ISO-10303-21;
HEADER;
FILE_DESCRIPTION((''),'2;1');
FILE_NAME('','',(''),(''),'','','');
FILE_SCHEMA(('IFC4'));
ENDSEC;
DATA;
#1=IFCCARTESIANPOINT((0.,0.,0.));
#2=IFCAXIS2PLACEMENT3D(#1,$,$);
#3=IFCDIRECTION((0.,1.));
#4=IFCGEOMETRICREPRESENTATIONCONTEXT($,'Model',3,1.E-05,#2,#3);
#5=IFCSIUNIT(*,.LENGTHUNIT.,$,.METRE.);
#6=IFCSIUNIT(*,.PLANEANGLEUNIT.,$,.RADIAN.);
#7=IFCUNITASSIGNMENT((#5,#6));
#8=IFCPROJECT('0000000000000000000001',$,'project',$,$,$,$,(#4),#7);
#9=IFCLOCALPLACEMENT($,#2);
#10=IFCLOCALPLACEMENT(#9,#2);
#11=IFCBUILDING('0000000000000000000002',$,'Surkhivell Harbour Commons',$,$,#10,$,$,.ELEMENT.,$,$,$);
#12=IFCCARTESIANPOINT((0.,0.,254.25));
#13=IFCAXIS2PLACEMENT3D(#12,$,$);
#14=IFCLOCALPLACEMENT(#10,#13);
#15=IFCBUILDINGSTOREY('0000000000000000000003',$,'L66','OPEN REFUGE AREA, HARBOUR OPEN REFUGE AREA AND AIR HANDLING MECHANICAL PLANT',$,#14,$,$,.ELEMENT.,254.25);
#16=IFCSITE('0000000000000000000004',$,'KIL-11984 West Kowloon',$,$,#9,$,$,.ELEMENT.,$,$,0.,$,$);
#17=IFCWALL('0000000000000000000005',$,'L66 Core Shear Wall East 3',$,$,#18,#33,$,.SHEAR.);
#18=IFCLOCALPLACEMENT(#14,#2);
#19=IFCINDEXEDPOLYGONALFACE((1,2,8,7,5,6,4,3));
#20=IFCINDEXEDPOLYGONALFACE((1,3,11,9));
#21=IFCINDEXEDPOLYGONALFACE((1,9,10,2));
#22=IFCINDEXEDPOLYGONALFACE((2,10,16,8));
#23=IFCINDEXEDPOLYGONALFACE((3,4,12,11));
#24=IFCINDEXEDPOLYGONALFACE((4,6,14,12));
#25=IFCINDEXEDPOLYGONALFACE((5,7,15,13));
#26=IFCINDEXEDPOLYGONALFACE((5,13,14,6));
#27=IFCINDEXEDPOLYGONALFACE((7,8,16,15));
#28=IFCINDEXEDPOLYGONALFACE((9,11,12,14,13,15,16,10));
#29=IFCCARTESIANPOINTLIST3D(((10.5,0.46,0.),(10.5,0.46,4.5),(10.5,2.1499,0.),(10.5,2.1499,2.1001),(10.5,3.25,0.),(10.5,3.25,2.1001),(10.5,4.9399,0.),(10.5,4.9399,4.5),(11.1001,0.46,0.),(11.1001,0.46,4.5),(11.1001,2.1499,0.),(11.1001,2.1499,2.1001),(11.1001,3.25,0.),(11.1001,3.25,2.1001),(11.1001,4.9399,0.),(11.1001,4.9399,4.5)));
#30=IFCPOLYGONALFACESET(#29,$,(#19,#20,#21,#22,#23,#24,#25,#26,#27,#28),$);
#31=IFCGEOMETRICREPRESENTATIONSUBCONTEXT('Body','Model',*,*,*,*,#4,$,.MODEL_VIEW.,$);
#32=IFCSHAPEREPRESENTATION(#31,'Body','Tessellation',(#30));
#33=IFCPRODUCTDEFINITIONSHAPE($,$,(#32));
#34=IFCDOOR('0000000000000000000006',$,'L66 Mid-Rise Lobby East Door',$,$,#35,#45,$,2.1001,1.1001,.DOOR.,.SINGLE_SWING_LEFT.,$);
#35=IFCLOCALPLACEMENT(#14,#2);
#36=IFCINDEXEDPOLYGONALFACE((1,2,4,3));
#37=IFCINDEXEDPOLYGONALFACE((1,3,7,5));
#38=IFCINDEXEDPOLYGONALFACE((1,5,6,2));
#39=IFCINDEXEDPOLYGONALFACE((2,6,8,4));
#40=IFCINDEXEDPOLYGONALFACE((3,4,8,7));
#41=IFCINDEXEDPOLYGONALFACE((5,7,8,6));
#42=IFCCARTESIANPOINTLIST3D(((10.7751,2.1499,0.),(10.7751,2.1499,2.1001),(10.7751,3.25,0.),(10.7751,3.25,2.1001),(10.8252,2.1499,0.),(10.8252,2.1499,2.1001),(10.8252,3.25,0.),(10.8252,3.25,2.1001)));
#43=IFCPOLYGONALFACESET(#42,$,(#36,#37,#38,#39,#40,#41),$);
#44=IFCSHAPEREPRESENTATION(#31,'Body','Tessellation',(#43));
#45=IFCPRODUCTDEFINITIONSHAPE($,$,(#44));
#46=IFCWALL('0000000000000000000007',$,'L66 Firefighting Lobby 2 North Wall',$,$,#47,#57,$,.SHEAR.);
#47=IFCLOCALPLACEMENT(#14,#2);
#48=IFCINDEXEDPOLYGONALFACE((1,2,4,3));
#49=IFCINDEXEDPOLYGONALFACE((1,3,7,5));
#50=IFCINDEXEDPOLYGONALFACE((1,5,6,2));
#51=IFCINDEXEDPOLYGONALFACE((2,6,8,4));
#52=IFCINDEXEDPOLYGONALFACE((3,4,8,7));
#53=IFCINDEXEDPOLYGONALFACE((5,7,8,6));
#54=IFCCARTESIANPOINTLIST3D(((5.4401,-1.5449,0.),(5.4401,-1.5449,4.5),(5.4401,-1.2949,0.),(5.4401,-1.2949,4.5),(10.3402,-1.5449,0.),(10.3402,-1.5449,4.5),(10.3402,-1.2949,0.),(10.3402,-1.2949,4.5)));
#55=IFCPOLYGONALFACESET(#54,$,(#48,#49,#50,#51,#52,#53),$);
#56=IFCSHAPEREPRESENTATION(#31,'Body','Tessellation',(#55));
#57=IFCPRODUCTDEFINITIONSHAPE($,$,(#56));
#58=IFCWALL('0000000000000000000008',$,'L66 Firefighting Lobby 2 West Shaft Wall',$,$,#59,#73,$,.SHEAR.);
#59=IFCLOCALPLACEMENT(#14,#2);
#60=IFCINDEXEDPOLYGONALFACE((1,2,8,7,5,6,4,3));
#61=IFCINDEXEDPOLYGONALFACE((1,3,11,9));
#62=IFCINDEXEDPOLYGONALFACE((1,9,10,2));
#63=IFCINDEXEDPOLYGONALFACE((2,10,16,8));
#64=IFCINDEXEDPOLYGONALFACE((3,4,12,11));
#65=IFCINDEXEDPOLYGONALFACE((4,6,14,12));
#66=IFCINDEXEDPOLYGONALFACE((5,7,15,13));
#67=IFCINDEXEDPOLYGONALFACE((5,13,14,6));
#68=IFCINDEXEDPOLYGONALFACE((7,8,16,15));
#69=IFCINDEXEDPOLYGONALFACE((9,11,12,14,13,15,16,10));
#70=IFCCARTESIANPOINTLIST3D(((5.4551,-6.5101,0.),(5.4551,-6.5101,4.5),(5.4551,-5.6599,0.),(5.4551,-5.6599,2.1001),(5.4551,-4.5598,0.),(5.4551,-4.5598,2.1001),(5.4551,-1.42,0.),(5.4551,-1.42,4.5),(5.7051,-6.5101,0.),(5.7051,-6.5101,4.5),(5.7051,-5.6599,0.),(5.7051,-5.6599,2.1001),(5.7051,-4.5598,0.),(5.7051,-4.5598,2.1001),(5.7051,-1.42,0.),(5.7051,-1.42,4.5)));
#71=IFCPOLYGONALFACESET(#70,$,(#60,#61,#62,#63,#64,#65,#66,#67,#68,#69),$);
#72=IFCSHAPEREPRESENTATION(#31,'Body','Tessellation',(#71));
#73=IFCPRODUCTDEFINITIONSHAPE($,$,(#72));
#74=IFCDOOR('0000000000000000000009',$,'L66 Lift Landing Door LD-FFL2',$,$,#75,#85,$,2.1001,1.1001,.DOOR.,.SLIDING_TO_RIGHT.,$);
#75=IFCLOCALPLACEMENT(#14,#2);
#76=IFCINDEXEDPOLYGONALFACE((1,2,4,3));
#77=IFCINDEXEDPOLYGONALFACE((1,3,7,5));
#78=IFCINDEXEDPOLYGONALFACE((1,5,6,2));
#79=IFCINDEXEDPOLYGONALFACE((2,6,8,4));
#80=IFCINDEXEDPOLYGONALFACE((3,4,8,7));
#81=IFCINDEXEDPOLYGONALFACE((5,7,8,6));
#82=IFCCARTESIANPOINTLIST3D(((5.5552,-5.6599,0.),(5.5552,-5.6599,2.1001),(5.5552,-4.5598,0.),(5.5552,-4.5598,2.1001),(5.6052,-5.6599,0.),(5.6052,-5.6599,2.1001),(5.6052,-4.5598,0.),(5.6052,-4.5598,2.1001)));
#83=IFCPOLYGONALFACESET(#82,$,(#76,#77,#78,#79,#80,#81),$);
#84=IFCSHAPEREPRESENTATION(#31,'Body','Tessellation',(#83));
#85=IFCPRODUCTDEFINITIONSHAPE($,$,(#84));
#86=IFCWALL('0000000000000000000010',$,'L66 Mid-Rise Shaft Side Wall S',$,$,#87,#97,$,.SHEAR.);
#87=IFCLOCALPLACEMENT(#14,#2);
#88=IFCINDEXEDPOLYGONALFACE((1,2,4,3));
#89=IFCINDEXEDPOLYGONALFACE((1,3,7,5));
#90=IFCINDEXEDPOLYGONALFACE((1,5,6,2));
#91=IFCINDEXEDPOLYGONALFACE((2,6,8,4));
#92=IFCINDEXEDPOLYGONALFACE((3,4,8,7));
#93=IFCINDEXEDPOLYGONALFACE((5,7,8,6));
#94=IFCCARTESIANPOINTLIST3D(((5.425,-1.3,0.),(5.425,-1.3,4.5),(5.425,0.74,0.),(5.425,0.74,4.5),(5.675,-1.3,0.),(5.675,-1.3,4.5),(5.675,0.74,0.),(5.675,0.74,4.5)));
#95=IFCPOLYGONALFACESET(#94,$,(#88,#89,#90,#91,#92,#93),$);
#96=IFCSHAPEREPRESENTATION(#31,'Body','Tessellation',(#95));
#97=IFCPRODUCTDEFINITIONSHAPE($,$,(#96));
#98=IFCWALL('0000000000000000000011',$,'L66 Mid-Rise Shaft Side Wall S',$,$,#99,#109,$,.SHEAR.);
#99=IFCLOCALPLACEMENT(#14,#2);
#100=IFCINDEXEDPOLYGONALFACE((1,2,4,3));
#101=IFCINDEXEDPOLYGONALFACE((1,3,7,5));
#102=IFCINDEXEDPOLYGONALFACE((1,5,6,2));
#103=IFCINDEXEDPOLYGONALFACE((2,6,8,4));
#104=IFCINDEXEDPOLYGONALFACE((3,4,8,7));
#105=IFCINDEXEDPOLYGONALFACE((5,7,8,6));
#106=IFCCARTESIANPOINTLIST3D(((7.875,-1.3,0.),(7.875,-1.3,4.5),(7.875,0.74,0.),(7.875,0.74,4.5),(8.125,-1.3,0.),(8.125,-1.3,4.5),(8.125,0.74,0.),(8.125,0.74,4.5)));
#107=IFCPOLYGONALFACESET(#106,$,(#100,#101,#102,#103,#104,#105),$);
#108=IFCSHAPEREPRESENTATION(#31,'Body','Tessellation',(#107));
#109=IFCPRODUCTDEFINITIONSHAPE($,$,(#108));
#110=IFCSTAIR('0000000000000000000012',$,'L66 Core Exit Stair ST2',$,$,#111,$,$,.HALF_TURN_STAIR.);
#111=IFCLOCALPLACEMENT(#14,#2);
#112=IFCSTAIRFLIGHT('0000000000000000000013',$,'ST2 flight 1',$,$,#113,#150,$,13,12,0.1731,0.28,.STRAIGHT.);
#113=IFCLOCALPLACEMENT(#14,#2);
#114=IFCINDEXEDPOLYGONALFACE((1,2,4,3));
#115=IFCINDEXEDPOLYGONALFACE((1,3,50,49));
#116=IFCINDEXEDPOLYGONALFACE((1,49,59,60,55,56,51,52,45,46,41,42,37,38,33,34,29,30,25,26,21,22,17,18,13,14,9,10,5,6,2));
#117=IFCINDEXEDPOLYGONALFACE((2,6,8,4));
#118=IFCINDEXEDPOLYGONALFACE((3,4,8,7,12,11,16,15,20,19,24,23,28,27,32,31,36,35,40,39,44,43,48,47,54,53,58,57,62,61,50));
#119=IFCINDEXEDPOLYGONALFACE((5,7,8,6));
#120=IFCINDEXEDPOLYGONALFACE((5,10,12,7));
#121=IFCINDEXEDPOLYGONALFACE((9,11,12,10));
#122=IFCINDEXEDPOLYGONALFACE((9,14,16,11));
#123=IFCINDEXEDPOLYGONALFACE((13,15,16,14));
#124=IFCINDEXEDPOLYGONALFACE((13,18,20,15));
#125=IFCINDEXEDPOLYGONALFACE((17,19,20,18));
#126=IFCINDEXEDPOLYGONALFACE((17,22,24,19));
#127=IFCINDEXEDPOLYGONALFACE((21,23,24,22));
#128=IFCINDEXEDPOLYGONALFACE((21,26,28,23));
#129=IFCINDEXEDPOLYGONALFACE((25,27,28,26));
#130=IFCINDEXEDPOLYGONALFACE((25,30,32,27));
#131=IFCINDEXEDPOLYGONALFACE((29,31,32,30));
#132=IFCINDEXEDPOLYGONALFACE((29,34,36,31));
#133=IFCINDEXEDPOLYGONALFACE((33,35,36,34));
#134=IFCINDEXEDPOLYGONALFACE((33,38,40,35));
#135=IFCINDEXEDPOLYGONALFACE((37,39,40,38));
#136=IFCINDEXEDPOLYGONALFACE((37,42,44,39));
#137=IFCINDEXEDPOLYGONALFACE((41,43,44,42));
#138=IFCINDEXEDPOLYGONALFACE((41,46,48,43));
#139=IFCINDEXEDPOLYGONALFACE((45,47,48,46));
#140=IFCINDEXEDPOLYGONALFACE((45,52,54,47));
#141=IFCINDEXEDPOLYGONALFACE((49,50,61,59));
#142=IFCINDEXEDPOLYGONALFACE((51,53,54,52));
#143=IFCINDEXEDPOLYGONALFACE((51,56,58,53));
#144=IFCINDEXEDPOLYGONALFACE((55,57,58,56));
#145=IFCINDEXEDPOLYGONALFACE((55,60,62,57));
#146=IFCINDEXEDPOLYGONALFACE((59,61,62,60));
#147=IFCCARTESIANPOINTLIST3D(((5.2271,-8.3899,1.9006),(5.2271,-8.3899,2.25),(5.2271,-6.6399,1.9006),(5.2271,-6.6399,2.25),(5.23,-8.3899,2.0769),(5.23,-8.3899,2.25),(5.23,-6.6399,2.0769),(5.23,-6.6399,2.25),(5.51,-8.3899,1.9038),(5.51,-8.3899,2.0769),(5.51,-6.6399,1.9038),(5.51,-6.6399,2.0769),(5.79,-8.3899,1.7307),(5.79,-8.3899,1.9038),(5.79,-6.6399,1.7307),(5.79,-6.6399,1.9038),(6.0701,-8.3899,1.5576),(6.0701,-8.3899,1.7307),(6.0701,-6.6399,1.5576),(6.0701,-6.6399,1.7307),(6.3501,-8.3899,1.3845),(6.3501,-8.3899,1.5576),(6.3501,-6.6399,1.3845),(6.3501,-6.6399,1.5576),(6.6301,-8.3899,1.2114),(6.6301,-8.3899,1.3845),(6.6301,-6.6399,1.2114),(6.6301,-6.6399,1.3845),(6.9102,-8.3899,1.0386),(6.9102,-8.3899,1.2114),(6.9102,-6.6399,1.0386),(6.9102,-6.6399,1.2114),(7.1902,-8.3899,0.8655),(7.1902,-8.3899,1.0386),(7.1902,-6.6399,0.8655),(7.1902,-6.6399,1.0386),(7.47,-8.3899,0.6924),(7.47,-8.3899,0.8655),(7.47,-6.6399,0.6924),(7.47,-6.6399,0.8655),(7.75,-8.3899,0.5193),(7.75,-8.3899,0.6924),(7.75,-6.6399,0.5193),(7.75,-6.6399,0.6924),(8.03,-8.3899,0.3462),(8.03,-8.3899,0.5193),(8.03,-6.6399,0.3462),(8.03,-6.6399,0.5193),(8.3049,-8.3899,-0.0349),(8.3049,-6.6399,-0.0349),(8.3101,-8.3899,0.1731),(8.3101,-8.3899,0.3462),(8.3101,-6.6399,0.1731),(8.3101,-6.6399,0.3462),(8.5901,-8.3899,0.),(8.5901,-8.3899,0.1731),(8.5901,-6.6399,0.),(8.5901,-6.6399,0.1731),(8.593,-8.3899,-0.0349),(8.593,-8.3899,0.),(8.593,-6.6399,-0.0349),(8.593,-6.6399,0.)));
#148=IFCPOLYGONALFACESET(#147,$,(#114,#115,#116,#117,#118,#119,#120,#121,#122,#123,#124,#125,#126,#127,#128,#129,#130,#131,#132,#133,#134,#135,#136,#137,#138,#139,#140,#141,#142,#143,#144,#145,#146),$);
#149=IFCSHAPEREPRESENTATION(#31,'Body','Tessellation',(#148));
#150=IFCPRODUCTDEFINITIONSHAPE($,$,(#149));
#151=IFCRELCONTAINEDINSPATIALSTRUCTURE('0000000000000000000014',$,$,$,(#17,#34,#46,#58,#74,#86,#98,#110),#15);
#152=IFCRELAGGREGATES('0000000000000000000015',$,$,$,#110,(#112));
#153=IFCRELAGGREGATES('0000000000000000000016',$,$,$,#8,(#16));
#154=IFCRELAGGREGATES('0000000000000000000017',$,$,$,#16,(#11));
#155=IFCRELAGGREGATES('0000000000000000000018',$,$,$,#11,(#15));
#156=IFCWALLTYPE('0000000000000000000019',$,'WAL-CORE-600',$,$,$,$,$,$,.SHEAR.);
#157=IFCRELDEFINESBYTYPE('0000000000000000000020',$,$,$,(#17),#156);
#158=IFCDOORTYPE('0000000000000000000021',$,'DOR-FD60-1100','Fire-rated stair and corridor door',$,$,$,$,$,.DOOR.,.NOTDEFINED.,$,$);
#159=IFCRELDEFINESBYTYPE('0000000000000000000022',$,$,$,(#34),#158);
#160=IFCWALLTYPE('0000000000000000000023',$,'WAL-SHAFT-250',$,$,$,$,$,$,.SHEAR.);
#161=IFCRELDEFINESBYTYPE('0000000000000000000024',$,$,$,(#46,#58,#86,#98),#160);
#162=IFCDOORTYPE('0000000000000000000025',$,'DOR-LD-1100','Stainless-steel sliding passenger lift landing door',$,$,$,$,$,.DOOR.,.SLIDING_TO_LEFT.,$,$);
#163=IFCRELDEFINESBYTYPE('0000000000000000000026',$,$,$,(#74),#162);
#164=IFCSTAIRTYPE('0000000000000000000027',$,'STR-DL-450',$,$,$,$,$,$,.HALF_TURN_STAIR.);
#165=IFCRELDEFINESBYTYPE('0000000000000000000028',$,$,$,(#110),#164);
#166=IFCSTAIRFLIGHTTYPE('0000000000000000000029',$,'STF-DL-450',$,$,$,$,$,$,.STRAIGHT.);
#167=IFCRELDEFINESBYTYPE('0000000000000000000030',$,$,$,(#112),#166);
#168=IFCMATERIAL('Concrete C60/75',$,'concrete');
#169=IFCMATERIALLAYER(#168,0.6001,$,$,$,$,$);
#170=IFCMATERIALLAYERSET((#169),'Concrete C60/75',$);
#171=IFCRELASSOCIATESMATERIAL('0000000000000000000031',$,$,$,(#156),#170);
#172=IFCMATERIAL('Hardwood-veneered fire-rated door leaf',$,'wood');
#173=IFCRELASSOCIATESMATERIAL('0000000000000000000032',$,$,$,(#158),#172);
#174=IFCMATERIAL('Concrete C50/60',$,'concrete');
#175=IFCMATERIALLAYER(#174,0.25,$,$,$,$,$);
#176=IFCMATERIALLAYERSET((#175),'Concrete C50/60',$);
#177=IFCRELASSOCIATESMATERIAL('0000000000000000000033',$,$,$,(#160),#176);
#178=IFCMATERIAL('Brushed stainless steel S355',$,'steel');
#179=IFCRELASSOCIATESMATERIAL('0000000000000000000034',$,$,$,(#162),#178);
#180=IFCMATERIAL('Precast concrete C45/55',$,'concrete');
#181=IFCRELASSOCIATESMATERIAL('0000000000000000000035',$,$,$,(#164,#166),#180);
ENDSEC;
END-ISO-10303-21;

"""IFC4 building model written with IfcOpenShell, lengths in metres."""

from ifc_helpers import new_model, si_unit, direction, frame, frame_2d, origin, place, context, subcontext, project, spatial, polyline, rectangle, outline, extrude, material, layer, layer_set, type_object, element, fill, aggregate, save


model = new_model("IFC4")

# Units and contexts
model_context = context("Model", 3, precision=1e-05, world=origin(), true_north=direction((0.0, 1.0)))
body_context = subcontext(model_context, "Body", "Model", "MODEL_VIEW")
ifc_project = project(units=[si_unit("LENGTHUNIT", "METRE"), si_unit("PLANEANGLEUNIT", "RADIAN")], contexts=[model_context])

# Site, building, storey
site_placement = place(None, origin())
site = spatial("IfcSite", under=ifc_project, at=site_placement, Name="KIL-11984 West Kowloon", CompositionType="ELEMENT", RefElevation=0.0)
building_placement = place(site_placement, origin())
building = spatial("IfcBuilding", under=site, at=building_placement, Name="Surkhivell Harbour Commons", CompositionType="ELEMENT")
storey_placement = place(building_placement, frame((0.0, 0.0, 254.25)))
storey = spatial("IfcBuildingStorey", under=building, at=storey_placement, Name="L66", Description="OPEN REFUGE AREA, HARBOUR OPEN REFUGE AREA AND AIR HANDLING MECHANICAL PLANT", CompositionType="ELEMENT", Elevation=254.25)

# Shared definitions
ifc_material_1 = material(Name="Concrete C60/75", Category="concrete")
ifc_material_2 = material(Name="Concrete C50/60", Category="concrete")

# Wall, opening, door
ifc_layer_1 = layer(ifc_material_1, 0.6001)
ifc_layer_set_1 = layer_set([ifc_layer_1], Name="Concrete C60/75")
wall_type_1 = type_object("IfcWallType", Name="WAL-CORE-600", PredefinedType="SHEAR", material=ifc_layer_set_1)
ifc_material_3 = material(Name="Hardwood-veneered fire-rated door leaf", Category="wood")
wall_1_placement = place(storey_placement, frame((10.8, 0.46, 0.0), z_axis=(0.0, 0.0, 1.0), x_axis=(0.0, 1.0, 0.0)))
wall_1 = element("IfcWall", 1, at=wall_1_placement, inside=storey, type_object=wall_type_1, Name="L66 Core Shear Wall East 3", PredefinedType="SHEAR", context=body_context, shape_type="SweptSolid", body=[
    extrude(rectangle(XDim=4.48, YDim=0.6001, at=frame_2d((2.24, 0.0))), origin(), (0.0, 0.0, 1.0), 4.5),
])
opening_1_placement = place(wall_1_placement, frame((1.6899, 0.0, 0.0)))
opening_1 = element("IfcOpeningElement", 2, at=opening_1_placement, cuts=wall_1, PredefinedType="OPENING", context=body_context, shape_type="SweptSolid", body=[
    extrude(rectangle(XDim=1.1001, YDim=2.1001, at=frame_2d((0.55, 1.05))), frame((0.0, 0.3101, 0.0), z_axis=(0.0, -1.0, 0.0), x_axis=(1.0, 0.0, 0.0)), (0.0, 0.0, 1.0), 0.6201),
])
door_type_1 = type_object("IfcDoorType", Name="DOR-FD60-1100", Description="Fire-rated stair and corridor door", OperationType="NOTDEFINED", PredefinedType="DOOR", material=ifc_material_3)
door_1_placement = place(opening_1_placement, origin())
door_1 = element("IfcDoor", 3, at=door_1_placement, inside=storey, type_object=door_type_1, Name="L66 Mid-Rise Lobby East Door", OperationType="SINGLE_SWING_LEFT", OverallHeight=2.1001, OverallWidth=1.1001, PredefinedType="DOOR", context=body_context, shape_type="SweptSolid", body=[
    extrude(rectangle(XDim=1.1001, YDim=2.1001, at=frame_2d((0.55, 1.05))), frame((0.0, 0.0249, 0.0), z_axis=(0.0, -1.0, 0.0), x_axis=(1.0, 0.0, 0.0)), (0.0, 0.0, 1.0), 0.05),
])
fill(opening_1, door_1)

# Wall
ifc_layer_2 = layer(ifc_material_2, 0.25)
ifc_layer_set_2 = layer_set([ifc_layer_2], Name="Concrete C50/60")
wall_type_2 = type_object("IfcWallType", Name="WAL-SHAFT-250", PredefinedType="SHEAR", material=ifc_layer_set_2)
wall_2_placement = place(storey_placement, frame((5.4399, -1.4199, 0.0), z_axis=(0.0, 0.0, 1.0), x_axis=(1.0, 0.0, 0.0)))
element("IfcWall", 4, at=wall_2_placement, inside=storey, type_object=wall_type_2, Name="L66 Firefighting Lobby 2 North Wall", PredefinedType="SHEAR", context=body_context, shape_type="SweptSolid", body=[
    extrude(rectangle(XDim=4.9001, YDim=0.25, at=frame_2d((2.4502, 0.0))), origin(), (0.0, 0.0, 1.0), 4.5),
])

# Wall, opening, door
wall_3_placement = place(storey_placement, frame((5.5801, -6.51, 0.0), z_axis=(0.0, 0.0, 1.0), x_axis=(0.0, 1.0, 0.0)))
wall_3 = element("IfcWall", 5, at=wall_3_placement, inside=storey, type_object=wall_type_2, Name="L66 Firefighting Lobby 2 West Shaft Wall", PredefinedType="SHEAR", context=body_context, shape_type="SweptSolid", body=[
    extrude(rectangle(XDim=5.0901, YDim=0.25, at=frame_2d((2.5449, 0.0))), origin(), (0.0, 0.0, 1.0), 4.5),
])
opening_2_placement = place(wall_3_placement, frame((0.8501, 0.0, 0.0)))
opening_2 = element("IfcOpeningElement", 6, at=opening_2_placement, cuts=wall_3, PredefinedType="OPENING", context=body_context, shape_type="SweptSolid", body=[
    extrude(rectangle(XDim=1.1001, YDim=2.1001, at=frame_2d((0.55, 1.05))), frame((0.0, 0.135, 0.0), z_axis=(0.0, -1.0, 0.0), x_axis=(1.0, 0.0, 0.0)), (0.0, 0.0, 1.0), 0.27),
])
ifc_material_4 = material(Name="Brushed stainless steel S355", Category="steel")
door_type_2 = type_object("IfcDoorType", Name="DOR-LD-1100", Description="Stainless-steel sliding passenger lift landing door", OperationType="SLIDING_TO_LEFT", PredefinedType="DOOR", material=ifc_material_4)
door_2_placement = place(opening_2_placement, origin())
door_2 = element("IfcDoor", 7, at=door_2_placement, inside=storey, type_object=door_type_2, Name="L66 Lift Landing Door LD-FFL2", OperationType="SLIDING_TO_RIGHT", OverallHeight=2.1001, OverallWidth=1.1001, PredefinedType="DOOR", context=body_context, shape_type="SweptSolid", body=[
    extrude(rectangle(XDim=1.1001, YDim=2.1001, at=frame_2d((0.55, 1.05))), frame((0.0, 0.0249, 0.0), z_axis=(0.0, -1.0, 0.0), x_axis=(1.0, 0.0, 0.0)), (0.0, 0.0, 1.0), 0.05),
])
fill(opening_2, door_2)

# Walls
for number, where, z_axis, x_axis, name in (
    (8, (5.55, -1.3, 0.0), (0.0, 0.0, 1.0), (0.0, 1.0, 0.0), "L66 Mid-Rise Shaft Side Wall S"),
    (9, (8.0, -1.3, 0.0), (0.0, 0.0, 1.0), (0.0, 1.0, 0.0), "L66 Mid-Rise Shaft Side Wall S"),
):
    element("IfcWall", number, at=place(storey_placement, frame(where, z_axis=z_axis, x_axis=x_axis)), inside=storey, type_object=wall_type_2, Name=name, PredefinedType="SHEAR", context=body_context, shape_type="SweptSolid", body=[
        extrude(rectangle(XDim=2.04, YDim=0.25, at=frame_2d((1.02, 0.0))), origin(), (0.0, 0.0, 1.0), 4.5),
    ])

# Stair, stair flight
ifc_material_5 = material(Name="Precast concrete C45/55", Category="concrete")
stair_type = type_object("IfcStairType", Name="STR-DL-450", PredefinedType="HALF_TURN_STAIR", material=ifc_material_5)
stair_placement = place(storey_placement, origin())
stair = element("IfcStair", 10, at=stair_placement, inside=storey, type_object=stair_type, Name="L66 Core Exit Stair ST2", PredefinedType="HALF_TURN_STAIR")
stair_flight_type = type_object("IfcStairFlightType", Name="STF-DL-450", PredefinedType="STRAIGHT", material=ifc_material_5)
stair_flight_placement = place(storey_placement, frame((8.5901, -7.5149, 0.0), z_axis=(0.0, 0.0, 1.0), x_axis=(-1.0, 0.0, 0.0)))
stair_flight = element("IfcStairFlight", 11, at=stair_flight_placement, type_object=stair_flight_type, Name="ST2 flight 1", NumberOfRisers=13, NumberOfTreads=12, PredefinedType="STRAIGHT", RiserHeight=0.1731, TreadLength=0.28, context=body_context, shape_type="SweptSolid", body=[
    extrude(outline(polyline([(-0.0029, -0.0349), (-0.0029, 0.0), (0.0, 0.0), (0.0, 0.1731), (0.28, 0.1731), (0.28, 0.3462), (0.5601, 0.3462), (0.5601, 0.5193), (0.8401, 0.5193), (0.8401, 0.6924), (1.1201, 0.6924), (1.1201, 0.8655), (1.3999, 0.8655), (1.3999, 1.0386), (1.6799, 1.0386), (1.6799, 1.2114), (1.96, 1.2114), (1.96, 1.3845), (2.24, 1.3845), (2.24, 1.5576), (2.52, 1.5576), (2.52, 1.7307), (2.8, 1.7307), (2.8, 1.9038), (3.0801, 1.9038), (3.0801, 2.0769), (3.3601, 2.0769), (3.3601, 2.25), (3.363, 2.25), (3.363, 1.9006), (0.2852, -0.0349), (-0.0029, -0.0349)])), frame((0.0, 0.875, 0.0), z_axis=(0.0, -1.0, 0.0), x_axis=(1.0, 0.0, 0.0)), (0.0, 0.0, 1.0), 1.75),
])
aggregate(stair, [stair_flight])

save(model, "model.ifc")
